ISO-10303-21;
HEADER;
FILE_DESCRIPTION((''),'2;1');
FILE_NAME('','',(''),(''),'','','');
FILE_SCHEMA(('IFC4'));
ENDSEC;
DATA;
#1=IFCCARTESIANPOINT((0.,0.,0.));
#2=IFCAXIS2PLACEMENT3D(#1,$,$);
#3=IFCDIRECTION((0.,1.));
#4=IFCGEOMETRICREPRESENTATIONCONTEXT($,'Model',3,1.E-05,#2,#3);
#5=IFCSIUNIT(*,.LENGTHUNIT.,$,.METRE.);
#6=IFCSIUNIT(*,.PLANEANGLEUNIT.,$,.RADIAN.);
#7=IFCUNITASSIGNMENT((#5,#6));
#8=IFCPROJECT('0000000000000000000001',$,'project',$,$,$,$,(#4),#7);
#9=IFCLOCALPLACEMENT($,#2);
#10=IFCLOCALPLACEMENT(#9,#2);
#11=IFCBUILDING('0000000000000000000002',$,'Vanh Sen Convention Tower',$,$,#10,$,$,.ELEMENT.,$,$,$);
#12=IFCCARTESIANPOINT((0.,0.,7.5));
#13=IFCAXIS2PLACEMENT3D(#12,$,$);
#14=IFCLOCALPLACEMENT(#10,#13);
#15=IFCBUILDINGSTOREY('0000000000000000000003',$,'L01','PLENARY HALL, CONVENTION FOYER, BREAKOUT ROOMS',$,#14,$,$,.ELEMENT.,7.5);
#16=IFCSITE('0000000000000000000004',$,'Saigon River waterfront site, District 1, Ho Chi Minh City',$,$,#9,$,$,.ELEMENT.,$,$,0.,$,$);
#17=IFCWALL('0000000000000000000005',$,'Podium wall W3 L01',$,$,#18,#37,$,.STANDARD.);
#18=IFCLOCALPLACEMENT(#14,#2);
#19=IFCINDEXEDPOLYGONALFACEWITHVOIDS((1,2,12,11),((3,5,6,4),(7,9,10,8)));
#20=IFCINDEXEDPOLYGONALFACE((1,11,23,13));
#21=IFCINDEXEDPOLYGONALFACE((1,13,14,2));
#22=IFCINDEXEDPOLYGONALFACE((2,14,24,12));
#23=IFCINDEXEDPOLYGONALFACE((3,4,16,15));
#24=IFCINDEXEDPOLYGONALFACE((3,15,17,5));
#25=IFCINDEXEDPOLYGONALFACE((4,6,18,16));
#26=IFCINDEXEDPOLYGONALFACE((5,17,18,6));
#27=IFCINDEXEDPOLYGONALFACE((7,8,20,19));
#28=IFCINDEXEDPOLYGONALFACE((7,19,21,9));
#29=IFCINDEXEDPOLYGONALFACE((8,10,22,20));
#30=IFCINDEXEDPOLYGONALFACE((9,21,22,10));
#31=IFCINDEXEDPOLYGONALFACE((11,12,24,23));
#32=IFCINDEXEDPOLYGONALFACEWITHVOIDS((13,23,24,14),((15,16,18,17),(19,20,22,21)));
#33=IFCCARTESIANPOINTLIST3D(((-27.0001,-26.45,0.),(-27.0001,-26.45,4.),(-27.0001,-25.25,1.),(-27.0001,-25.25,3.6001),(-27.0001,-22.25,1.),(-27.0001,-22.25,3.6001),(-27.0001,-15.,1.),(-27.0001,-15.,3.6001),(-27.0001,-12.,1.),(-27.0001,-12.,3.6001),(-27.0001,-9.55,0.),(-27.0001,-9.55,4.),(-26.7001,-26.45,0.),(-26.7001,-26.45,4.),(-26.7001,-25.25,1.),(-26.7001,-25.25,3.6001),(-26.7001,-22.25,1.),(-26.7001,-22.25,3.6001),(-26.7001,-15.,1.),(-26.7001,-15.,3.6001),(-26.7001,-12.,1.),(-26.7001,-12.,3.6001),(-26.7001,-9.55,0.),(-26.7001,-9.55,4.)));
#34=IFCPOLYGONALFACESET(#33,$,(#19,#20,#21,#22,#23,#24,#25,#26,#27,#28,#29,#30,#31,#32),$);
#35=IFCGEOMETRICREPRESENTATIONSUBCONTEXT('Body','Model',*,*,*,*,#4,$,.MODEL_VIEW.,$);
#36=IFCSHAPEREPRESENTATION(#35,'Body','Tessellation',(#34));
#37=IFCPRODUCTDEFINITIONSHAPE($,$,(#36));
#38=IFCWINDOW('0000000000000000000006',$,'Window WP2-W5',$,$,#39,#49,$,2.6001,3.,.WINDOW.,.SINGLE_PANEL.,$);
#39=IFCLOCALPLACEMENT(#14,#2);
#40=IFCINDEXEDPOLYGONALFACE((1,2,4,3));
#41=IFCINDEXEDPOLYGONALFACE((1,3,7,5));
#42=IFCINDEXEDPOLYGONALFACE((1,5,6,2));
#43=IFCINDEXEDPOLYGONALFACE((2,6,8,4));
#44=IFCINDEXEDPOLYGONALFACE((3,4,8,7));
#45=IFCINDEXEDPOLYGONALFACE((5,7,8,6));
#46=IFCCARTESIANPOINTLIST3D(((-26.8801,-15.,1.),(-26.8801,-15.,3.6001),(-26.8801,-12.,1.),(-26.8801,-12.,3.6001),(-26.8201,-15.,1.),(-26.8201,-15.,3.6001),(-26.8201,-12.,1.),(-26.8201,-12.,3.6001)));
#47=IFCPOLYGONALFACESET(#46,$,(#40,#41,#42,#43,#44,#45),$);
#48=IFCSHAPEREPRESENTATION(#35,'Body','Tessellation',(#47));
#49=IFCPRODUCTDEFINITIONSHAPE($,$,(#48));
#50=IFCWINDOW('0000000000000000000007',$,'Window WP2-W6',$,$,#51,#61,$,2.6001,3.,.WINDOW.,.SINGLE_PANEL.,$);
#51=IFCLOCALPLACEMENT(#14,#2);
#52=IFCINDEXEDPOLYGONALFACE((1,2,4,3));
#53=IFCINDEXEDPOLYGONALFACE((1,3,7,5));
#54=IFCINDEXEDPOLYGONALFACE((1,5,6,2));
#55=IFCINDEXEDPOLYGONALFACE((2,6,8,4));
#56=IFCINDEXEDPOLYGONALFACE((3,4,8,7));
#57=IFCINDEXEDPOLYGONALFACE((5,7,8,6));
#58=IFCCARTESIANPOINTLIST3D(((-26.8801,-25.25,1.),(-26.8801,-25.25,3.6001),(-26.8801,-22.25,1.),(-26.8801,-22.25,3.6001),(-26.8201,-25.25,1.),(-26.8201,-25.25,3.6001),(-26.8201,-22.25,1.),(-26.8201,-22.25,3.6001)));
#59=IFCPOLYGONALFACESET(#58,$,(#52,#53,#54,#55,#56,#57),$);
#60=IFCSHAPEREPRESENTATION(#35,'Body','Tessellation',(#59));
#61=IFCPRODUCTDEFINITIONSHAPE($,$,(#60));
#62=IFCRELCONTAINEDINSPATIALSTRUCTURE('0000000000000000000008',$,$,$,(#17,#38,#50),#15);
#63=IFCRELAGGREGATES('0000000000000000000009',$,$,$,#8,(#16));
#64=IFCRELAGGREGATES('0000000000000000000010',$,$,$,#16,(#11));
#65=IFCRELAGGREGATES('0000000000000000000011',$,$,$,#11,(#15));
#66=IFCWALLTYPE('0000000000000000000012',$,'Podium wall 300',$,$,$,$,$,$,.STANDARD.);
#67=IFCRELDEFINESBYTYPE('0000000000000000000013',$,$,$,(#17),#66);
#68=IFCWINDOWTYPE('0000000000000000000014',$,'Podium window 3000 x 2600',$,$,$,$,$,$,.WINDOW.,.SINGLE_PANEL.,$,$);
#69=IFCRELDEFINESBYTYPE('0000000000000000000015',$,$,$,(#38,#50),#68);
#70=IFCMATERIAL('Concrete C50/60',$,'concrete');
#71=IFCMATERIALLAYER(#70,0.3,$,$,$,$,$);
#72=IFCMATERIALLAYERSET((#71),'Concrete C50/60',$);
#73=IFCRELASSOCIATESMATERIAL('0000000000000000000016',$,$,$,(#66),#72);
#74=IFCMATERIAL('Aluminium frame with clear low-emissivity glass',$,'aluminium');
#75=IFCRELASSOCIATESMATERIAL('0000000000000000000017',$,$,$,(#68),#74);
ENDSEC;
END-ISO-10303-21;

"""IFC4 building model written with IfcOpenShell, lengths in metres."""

from ifc_helpers import new_model, si_unit, direction, frame, frame_2d, origin, place, context, subcontext, project, spatial, rectangle, extrude, material, layer, layer_set, type_object, element, fill, save


model = new_model("IFC4")

# Units and contexts
model_context = context("Model", 3, precision=1e-05, world=origin(), true_north=direction((0.0, 1.0)))
body_context = subcontext(model_context, "Body", "Model", "MODEL_VIEW")
ifc_project = project(units=[si_unit("LENGTHUNIT", "METRE"), si_unit("PLANEANGLEUNIT", "RADIAN")], contexts=[model_context])

# Site, building, storey
site_placement = place(None, origin())
site = spatial("IfcSite", under=ifc_project, at=site_placement, Name="Saigon River waterfront site, District 1, Ho Chi Minh City", CompositionType="ELEMENT", RefElevation=0.0)
building_placement = place(site_placement, origin())
building = spatial("IfcBuilding", under=site, at=building_placement, Name="Vanh Sen Convention Tower", CompositionType="ELEMENT")
storey_placement = place(building_placement, frame((0.0, 0.0, 7.5)))
storey = spatial("IfcBuildingStorey", under=building, at=storey_placement, Name="L01", Description="PLENARY HALL, CONVENTION FOYER, BREAKOUT ROOMS", CompositionType="ELEMENT", Elevation=7.5)

# Wall, openings, windows
ifc_material_1 = material(Name="Concrete C50/60", Category="concrete")
ifc_layer_1 = layer(ifc_material_1, 0.3)
ifc_layer_set_1 = layer_set([ifc_layer_1], Name="Concrete C50/60")
wall_type_1 = type_object("IfcWallType", Name="Podium wall 300", PredefinedType="STANDARD", material=ifc_layer_set_1)
wall_1_placement = place(storey_placement, frame((-26.8501, -9.55, 0.0), z_axis=(0.0, 0.0, 1.0), x_axis=(0.0, -1.0, 0.0)))
wall_1 = element("IfcWall", 1, at=wall_1_placement, inside=storey, type_object=wall_type_1, Name="Podium wall W3 L01", PredefinedType="STANDARD", context=body_context, shape_type="SweptSolid", body=[
    extrude(rectangle(XDim=16.8999, YDim=0.3, at=frame_2d((8.45, 0.0))), origin(), (0.0, 0.0, 1.0), 4.0),
])
opening_1_placement = place(wall_1_placement, frame((2.45, 0.0, 1.0)))
opening_1 = element("IfcOpeningElement", 2, at=opening_1_placement, cuts=wall_1, PredefinedType="OPENING", context=body_context, shape_type="SweptSolid", body=[
    extrude(rectangle(XDim=3.0, YDim=2.6001, at=frame_2d((1.5, 1.3))), frame((0.0, 0.1599, 0.0), z_axis=(0.0, -1.0, 0.0), x_axis=(1.0, 0.0, 0.0)), (0.0, 0.0, 1.0), 0.3201),
])
opening_2_placement = place(wall_1_placement, frame((12.7, 0.0, 1.0)))
opening_2 = element("IfcOpeningElement", 3, at=opening_2_placement, cuts=wall_1, PredefinedType="OPENING", context=body_context, shape_type="SweptSolid", body=[
    extrude(rectangle(XDim=3.0, YDim=2.6001, at=frame_2d((1.5, 1.3))), frame((0.0, 0.1599, 0.0), z_axis=(0.0, -1.0, 0.0), x_axis=(1.0, 0.0, 0.0)), (0.0, 0.0, 1.0), 0.3201),
])
ifc_material_2 = material(Name="Aluminium frame with clear low-emissivity glass", Category="aluminium")
window_type = type_object("IfcWindowType", Name="Podium window 3000 x 2600", PartitioningType="SINGLE_PANEL", PredefinedType="WINDOW", material=ifc_material_2)
window_1_placement = place(opening_1_placement, origin())
window_1 = element("IfcWindow", 4, at=window_1_placement, inside=storey, type_object=window_type, Name="Window WP2-W5", OverallHeight=2.6001, OverallWidth=3.0, PartitioningType="SINGLE_PANEL", PredefinedType="WINDOW", context=body_context, shape_type="SweptSolid", body=[
    extrude(rectangle(XDim=3.0, YDim=2.6001, at=frame_2d((1.5, 1.3))), frame((0.0, 0.03, 0.0), z_axis=(0.0, -1.0, 0.0), x_axis=(1.0, 0.0, 0.0)), (0.0, 0.0, 1.0), 0.0601),
])
fill(opening_1, window_1)
window_2_placement = place(opening_2_placement, origin())
window_2 = element("IfcWindow", 5, at=window_2_placement, inside=storey, type_object=window_type, Name="Window WP2-W6", OverallHeight=2.6001, OverallWidth=3.0, PartitioningType="SINGLE_PANEL", PredefinedType="WINDOW", context=body_context, shape_type="SweptSolid", body=[
    extrude(rectangle(XDim=3.0, YDim=2.6001, at=frame_2d((1.5, 1.3))), frame((0.0, 0.03, 0.0), z_axis=(0.0, -1.0, 0.0), x_axis=(1.0, 0.0, 0.0)), (0.0, 0.0, 1.0), 0.0601),
])
fill(opening_2, window_2)

save(model, "model.ifc")
